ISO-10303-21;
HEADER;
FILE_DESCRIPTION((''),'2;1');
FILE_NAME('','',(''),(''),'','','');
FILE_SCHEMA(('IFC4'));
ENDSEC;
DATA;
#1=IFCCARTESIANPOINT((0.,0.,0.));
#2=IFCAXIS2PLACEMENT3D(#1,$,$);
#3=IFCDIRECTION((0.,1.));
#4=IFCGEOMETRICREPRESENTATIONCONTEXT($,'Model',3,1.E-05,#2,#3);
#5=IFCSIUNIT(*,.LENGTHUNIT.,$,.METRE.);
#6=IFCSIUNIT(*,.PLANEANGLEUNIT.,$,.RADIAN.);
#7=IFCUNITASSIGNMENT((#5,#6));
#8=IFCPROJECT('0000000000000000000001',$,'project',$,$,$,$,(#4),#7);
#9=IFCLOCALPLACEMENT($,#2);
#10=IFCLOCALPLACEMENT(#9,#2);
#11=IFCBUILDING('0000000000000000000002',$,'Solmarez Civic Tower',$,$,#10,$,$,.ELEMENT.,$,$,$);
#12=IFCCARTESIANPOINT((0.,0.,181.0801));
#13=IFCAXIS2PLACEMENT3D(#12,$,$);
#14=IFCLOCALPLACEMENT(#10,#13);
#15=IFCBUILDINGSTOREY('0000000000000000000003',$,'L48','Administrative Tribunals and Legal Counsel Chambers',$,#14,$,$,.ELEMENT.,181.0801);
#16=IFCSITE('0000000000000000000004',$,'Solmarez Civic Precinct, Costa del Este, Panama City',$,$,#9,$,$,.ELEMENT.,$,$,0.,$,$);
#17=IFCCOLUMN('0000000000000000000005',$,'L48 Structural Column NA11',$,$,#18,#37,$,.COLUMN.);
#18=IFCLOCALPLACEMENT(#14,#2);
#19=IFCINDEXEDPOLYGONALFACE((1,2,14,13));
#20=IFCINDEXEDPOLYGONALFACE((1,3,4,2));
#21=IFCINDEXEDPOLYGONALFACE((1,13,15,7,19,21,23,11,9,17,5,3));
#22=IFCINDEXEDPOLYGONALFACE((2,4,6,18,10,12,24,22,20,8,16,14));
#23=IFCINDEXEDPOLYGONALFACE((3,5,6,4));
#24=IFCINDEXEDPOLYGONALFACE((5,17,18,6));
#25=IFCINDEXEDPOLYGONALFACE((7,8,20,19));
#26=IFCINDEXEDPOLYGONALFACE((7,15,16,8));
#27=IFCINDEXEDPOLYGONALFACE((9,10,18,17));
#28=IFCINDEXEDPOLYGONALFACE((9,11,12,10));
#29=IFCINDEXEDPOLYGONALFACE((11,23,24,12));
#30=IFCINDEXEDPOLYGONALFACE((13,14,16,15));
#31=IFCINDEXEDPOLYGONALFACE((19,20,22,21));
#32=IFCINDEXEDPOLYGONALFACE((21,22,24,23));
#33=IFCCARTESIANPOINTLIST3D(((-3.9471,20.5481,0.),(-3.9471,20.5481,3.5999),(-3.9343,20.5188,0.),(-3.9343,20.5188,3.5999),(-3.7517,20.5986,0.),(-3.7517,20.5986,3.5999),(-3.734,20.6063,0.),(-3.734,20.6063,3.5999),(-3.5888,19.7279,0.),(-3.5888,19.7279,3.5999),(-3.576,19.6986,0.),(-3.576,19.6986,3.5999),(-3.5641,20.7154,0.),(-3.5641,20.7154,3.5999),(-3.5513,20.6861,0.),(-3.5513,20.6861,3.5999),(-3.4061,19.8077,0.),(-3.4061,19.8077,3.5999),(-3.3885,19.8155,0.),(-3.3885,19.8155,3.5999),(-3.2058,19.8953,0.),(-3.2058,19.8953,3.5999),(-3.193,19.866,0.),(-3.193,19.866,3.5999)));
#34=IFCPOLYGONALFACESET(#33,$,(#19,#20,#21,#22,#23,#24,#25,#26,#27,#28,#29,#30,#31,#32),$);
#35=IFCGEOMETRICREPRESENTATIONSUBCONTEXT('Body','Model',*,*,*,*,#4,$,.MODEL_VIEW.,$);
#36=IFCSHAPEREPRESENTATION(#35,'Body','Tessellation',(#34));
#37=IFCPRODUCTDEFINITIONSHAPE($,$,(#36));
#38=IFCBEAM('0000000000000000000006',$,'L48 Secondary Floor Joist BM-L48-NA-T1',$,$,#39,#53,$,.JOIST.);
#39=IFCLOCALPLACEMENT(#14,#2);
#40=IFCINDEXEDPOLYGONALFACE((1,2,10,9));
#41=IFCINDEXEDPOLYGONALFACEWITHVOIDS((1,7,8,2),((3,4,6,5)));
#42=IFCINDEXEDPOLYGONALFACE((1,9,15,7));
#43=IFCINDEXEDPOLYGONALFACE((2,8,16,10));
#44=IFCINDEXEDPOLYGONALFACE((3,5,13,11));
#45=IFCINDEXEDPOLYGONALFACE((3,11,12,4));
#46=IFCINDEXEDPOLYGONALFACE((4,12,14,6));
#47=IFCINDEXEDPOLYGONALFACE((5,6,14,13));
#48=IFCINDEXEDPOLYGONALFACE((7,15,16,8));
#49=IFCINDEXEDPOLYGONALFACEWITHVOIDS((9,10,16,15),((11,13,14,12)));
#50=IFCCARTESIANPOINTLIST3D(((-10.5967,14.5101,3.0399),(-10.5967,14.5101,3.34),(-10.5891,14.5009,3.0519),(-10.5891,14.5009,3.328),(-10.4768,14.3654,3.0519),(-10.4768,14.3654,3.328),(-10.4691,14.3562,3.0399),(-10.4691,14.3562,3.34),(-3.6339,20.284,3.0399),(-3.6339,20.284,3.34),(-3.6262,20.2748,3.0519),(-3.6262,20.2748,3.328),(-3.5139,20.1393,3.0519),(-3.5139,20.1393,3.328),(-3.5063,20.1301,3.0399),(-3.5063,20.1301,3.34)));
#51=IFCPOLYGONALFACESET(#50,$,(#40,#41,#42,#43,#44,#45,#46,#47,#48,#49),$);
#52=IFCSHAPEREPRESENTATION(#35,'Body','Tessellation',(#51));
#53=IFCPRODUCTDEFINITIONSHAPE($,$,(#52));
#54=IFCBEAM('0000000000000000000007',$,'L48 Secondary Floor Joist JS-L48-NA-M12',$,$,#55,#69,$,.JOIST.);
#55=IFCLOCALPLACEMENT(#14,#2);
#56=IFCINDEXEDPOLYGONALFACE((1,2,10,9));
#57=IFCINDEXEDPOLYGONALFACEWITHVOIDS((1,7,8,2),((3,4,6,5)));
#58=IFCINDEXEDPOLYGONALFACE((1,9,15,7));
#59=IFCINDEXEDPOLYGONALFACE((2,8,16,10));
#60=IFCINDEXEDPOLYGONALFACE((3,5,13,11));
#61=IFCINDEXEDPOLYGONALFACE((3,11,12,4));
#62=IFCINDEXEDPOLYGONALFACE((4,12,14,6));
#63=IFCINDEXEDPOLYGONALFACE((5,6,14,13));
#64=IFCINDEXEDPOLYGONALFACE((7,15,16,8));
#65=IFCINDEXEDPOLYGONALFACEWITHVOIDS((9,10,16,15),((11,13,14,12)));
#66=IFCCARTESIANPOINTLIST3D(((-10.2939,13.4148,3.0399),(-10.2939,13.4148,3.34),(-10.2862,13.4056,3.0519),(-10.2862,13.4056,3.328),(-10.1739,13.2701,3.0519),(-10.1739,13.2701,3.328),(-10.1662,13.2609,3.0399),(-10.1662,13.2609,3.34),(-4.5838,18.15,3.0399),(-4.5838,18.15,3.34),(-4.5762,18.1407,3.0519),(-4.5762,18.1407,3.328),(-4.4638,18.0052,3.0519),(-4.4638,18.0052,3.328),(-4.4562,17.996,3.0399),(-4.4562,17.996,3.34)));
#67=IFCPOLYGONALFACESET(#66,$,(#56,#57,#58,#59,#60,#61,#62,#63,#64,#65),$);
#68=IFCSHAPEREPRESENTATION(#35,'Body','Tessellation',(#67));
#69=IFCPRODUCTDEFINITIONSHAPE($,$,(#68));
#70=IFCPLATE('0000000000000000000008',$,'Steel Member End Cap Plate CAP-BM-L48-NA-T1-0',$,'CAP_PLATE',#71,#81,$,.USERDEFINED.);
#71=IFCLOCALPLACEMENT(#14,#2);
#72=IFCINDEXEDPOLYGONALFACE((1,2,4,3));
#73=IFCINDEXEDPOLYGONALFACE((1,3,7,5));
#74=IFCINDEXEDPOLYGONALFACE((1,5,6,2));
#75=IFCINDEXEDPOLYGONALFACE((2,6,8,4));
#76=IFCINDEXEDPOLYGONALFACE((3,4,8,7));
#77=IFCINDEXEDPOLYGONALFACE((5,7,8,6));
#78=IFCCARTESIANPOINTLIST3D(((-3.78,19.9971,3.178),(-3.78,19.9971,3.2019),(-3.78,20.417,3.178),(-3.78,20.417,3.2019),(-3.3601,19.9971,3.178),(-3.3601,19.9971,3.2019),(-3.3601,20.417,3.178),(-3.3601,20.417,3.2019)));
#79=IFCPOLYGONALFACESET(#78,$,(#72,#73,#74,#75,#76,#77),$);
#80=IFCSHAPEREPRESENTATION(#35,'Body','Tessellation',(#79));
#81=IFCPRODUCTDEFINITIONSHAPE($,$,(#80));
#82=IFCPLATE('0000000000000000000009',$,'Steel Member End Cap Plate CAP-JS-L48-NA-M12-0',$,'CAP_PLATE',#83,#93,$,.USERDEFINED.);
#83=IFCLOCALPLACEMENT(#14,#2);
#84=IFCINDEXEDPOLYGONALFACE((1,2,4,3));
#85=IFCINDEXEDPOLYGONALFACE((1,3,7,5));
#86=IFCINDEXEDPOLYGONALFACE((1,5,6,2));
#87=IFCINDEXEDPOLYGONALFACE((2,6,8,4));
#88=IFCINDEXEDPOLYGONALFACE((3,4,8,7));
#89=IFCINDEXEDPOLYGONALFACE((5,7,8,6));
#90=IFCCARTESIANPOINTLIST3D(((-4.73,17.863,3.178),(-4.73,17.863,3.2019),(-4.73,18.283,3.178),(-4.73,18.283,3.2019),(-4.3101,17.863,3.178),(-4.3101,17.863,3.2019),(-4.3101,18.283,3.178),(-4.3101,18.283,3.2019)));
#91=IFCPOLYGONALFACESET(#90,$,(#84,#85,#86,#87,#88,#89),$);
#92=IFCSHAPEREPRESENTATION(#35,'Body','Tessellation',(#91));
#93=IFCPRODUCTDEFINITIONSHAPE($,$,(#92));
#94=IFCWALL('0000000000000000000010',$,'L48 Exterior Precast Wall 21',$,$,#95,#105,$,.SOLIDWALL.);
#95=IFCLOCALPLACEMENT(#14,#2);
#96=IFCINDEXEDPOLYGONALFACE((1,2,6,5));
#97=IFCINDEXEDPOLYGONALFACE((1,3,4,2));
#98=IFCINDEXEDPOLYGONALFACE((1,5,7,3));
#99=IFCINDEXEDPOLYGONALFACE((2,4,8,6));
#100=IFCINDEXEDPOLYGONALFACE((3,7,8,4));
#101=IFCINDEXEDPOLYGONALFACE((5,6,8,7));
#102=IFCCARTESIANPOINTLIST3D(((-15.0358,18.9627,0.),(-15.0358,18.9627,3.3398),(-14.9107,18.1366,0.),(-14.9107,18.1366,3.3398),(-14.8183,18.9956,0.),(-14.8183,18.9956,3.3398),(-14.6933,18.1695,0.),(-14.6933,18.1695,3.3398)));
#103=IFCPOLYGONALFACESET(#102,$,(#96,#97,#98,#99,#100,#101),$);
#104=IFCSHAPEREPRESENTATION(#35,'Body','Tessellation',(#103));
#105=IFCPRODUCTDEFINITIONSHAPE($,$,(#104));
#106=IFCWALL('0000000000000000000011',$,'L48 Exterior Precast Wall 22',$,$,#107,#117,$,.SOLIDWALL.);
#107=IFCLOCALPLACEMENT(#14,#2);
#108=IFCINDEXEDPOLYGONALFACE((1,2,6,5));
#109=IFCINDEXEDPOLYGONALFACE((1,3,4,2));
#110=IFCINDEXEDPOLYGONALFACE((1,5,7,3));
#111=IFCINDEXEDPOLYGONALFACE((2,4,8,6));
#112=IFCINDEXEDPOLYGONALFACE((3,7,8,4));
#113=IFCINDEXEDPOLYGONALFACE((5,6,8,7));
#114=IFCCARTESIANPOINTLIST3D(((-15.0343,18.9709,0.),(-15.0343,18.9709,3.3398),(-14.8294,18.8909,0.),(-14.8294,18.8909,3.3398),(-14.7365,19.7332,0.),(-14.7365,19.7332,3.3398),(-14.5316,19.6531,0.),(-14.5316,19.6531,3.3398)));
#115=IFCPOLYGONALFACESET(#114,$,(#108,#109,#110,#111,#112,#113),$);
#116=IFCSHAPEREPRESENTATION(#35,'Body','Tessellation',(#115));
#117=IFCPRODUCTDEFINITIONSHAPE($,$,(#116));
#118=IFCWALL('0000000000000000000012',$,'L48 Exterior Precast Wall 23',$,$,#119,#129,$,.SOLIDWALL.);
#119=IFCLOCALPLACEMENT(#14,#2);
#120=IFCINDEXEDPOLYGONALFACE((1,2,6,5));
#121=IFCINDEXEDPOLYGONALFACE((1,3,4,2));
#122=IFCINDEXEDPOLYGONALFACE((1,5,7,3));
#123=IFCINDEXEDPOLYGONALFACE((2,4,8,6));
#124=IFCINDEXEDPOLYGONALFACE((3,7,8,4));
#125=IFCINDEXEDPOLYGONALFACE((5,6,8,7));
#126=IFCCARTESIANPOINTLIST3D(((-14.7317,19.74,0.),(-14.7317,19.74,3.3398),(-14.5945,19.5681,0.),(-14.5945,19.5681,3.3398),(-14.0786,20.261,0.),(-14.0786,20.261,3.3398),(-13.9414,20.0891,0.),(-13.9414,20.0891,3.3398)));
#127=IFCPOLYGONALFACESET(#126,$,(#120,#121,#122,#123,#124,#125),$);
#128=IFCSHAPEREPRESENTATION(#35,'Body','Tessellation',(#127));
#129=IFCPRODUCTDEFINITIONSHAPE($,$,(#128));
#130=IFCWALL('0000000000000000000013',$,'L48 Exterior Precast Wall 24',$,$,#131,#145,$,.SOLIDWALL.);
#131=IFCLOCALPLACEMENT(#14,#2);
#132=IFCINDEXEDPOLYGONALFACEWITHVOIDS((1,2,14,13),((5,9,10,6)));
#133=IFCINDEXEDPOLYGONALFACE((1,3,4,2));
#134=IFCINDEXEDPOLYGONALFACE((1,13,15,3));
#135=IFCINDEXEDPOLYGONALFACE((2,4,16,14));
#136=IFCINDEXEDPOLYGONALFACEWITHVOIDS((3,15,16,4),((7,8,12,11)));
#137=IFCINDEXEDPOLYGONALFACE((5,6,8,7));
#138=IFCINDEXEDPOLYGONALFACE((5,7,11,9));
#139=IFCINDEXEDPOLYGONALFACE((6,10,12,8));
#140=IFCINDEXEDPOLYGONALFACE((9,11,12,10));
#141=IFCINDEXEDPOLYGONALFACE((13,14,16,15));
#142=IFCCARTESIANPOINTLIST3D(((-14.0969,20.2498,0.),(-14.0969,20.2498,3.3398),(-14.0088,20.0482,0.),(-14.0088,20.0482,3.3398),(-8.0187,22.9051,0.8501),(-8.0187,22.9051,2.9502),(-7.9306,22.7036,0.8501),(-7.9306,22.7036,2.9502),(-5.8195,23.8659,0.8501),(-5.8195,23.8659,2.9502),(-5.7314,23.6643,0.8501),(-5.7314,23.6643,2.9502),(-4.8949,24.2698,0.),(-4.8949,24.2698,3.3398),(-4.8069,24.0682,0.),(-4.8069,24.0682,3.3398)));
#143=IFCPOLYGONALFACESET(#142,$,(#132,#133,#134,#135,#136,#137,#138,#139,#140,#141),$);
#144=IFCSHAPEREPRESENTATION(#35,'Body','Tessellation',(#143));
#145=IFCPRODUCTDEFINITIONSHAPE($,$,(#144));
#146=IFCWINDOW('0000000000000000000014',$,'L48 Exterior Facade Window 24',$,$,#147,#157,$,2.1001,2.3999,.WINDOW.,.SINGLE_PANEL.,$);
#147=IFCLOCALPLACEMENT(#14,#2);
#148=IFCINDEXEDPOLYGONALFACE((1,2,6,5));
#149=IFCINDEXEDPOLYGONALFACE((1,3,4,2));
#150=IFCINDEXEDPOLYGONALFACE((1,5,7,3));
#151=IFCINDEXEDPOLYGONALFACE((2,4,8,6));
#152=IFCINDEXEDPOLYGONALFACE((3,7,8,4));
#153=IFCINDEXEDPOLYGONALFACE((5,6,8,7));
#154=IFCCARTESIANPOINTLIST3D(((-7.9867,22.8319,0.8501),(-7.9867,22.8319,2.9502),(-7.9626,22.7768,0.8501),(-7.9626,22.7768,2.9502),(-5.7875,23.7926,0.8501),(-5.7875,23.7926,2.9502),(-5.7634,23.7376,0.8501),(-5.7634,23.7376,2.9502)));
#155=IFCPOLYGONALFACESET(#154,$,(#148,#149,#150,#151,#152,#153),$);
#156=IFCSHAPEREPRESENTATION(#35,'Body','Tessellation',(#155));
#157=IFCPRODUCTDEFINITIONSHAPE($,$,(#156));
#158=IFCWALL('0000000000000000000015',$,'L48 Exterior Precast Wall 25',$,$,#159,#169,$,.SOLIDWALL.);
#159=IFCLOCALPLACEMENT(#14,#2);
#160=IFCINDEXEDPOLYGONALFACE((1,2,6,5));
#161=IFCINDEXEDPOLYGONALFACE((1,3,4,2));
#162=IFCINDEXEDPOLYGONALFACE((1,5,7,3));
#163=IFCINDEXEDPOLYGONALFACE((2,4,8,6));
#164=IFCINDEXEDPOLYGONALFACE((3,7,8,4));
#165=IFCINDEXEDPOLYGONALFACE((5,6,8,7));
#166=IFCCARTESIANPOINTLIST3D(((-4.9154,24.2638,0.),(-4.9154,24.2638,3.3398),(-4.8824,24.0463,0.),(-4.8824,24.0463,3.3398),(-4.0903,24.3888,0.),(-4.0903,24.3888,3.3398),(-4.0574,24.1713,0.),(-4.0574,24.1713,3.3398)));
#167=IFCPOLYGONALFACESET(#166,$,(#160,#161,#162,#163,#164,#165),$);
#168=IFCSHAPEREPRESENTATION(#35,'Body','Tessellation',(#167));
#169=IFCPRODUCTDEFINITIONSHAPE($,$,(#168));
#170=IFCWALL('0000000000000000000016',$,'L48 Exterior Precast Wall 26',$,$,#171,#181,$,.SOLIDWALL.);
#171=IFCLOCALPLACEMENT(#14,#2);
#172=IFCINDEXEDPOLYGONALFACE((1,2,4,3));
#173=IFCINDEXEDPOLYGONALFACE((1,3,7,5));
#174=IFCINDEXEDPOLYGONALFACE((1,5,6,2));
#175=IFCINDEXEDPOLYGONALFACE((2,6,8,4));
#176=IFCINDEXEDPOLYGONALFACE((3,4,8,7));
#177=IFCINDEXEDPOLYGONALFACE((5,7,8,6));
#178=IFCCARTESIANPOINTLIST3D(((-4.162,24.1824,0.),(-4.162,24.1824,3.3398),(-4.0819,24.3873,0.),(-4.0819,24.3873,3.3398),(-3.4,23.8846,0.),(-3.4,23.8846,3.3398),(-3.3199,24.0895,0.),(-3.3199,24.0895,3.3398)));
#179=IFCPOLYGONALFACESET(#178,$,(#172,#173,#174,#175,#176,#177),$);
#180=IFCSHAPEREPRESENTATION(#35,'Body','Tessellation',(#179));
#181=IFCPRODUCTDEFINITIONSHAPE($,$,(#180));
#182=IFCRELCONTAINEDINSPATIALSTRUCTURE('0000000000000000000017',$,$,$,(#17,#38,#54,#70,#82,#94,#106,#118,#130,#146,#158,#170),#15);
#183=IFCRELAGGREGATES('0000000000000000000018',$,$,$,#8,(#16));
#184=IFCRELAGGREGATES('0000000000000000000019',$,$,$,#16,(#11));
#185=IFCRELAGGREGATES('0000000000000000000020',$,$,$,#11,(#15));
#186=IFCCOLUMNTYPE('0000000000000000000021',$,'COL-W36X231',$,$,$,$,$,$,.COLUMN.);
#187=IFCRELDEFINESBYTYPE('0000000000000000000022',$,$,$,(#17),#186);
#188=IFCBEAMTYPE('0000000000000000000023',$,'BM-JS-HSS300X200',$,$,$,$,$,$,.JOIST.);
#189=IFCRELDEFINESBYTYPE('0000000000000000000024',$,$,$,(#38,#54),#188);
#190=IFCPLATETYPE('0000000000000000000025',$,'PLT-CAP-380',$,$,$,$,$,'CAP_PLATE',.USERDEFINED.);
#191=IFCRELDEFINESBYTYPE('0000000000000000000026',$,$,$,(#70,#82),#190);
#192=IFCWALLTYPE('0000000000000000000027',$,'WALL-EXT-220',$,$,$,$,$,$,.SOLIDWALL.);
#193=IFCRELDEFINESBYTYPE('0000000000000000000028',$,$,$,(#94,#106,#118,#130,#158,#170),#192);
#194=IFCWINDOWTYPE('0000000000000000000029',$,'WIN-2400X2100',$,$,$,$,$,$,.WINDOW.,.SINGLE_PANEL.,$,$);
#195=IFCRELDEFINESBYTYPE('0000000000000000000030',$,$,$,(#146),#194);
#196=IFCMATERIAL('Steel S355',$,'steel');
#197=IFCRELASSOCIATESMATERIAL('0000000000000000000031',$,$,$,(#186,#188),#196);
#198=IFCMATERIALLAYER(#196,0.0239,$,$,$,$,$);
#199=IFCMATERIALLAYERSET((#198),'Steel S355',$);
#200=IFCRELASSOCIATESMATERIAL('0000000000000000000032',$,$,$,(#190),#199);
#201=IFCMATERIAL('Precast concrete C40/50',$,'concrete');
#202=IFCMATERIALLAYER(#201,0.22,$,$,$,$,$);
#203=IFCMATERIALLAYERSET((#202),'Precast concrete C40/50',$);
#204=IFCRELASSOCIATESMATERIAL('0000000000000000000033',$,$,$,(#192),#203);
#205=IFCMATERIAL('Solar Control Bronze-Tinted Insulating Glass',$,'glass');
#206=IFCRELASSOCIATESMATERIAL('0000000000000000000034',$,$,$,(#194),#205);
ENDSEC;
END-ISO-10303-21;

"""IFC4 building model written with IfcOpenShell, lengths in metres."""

from ifc_helpers import new_model, si_unit, direction, frame, frame_2d, origin, origin_2d, place, context, subcontext, project, spatial, rectangle, hollow_rectangle, i_section, extrude, material, layer, layer_set, material_profile, profile_set, type_object, element, fill, save


model = new_model("IFC4")

# Units and contexts
model_context = context("Model", 3, precision=1e-05, world=origin(), true_north=direction((0.0, 1.0)))
body_context = subcontext(model_context, "Body", "Model", "MODEL_VIEW")
ifc_project = project(units=[si_unit("LENGTHUNIT", "METRE"), si_unit("PLANEANGLEUNIT", "RADIAN")], contexts=[model_context])

# Site, building, storey
site_placement = place(None, origin())
site = spatial("IfcSite", under=ifc_project, at=site_placement, Name="Solmarez Civic Precinct, Costa del Este, Panama City", CompositionType="ELEMENT", RefElevation=0.0)
building_placement = place(site_placement, origin())
building = spatial("IfcBuilding", under=site, at=building_placement, Name="Solmarez Civic Tower", CompositionType="ELEMENT")
storey_placement = place(building_placement, frame((0.0, 0.0, 181.0801)))
storey = spatial("IfcBuildingStorey", under=building, at=storey_placement, Name="L48", Description="Administrative Tribunals and Legal Counsel Chambers", CompositionType="ELEMENT", Elevation=181.0801)

# Column
ifc_material_1 = material(Name="Steel S355", Category="steel")
ifc_material_profile_1 = material_profile(ifc_material_1, i_section(OverallWidth=0.418, OverallDepth=0.927, WebThickness=0.0193, FlangeThickness=0.032, at=origin_2d()), Name="W36X231")
ifc_profile_set_1 = profile_set([ifc_material_profile_1], Name="Steel S355")
column_type = type_object("IfcColumnType", Name="COL-W36X231", PredefinedType="COLUMN", material=ifc_profile_set_1)
column_placement = place(storey_placement, frame((-3.5701, 20.207, 0.0), z_axis=(0.0, 0.0, 1.0), x_axis=(0.916363, 0.400349, 0.0)))
element("IfcColumn", 1, at=column_placement, inside=storey, type_object=column_type, Name="L48 Structural Column NA11", PredefinedType="COLUMN", context=body_context, shape_type="SweptSolid", body=[
    extrude(i_section(OverallWidth=0.418, OverallDepth=0.927, WebThickness=0.0193, FlangeThickness=0.032, at=origin_2d()), origin(), (0.0, 0.0, 1.0), 3.5999),
])

# Beams
ifc_material_profile_2 = material_profile(ifc_material_1, hollow_rectangle(XDim=0.2, YDim=0.3, WallThickness=0.012, at=origin_2d()), Name="HSS300X200X12")
ifc_profile_set_2 = profile_set([ifc_material_profile_2], Name="Steel S355")
beam_type = type_object("IfcBeamType", Name="BM-JS-HSS300X200", PredefinedType="JOIST", material=ifc_profile_set_2)
beam_1_placement = place(storey_placement, frame((-3.5701, 20.207, 3.1899), z_axis=(-0.769768, -0.638324, 0.0), x_axis=(0.638324, -0.769768, 0.0)))
element("IfcBeam", 2, at=beam_1_placement, inside=storey, type_object=beam_type, Name="L48 Secondary Floor Joist BM-L48-NA-T1", PredefinedType="JOIST", context=body_context, shape_type="SweptSolid", body=[
    extrude(hollow_rectangle(XDim=0.2, YDim=0.3, WallThickness=0.012, at=origin_2d()), origin(), (0.0, 0.0, 1.0), 9.0454),
])
beam_2_placement = place(storey_placement, frame((-4.52, 18.073, 3.1899), z_axis=(-0.769757, -0.638337, 0.0), x_axis=(0.638337, -0.769757, 0.0)))
element("IfcBeam", 3, at=beam_2_placement, inside=storey, type_object=beam_type, Name="L48 Secondary Floor Joist JS-L48-NA-M12", PredefinedType="JOIST", context=body_context, shape_type="SweptSolid", body=[
    extrude(hollow_rectangle(XDim=0.2, YDim=0.3, WallThickness=0.012, at=origin_2d()), origin(), (0.0, 0.0, 1.0), 7.418),
])

# Plates
ifc_layer_1 = layer(ifc_material_1, 0.0239)
ifc_layer_set_1 = layer_set([ifc_layer_1], Name="Steel S355")
plate_type = type_object("IfcPlateType", Name="PLT-CAP-380", ElementType="CAP_PLATE", PredefinedType="USERDEFINED", material=ifc_layer_set_1)
for number, where, z_axis, x_axis, name in (
    (4, (-3.5701, 20.207, 3.178), (0.0, 0.0, 1.0), (1.0, 0.0, 0.0), "Steel Member End Cap Plate CAP-BM-L48-NA-T1-0"),
    (5, (-4.52, 18.073, 3.178), (0.0, 0.0, 1.0), (1.0, 0.0, 0.0), "Steel Member End Cap Plate CAP-JS-L48-NA-M12-0"),
):
    element("IfcPlate", number, at=place(storey_placement, frame(where, z_axis=z_axis, x_axis=x_axis)), inside=storey, type_object=plate_type, Name=name, ObjectType="CAP_PLATE", PredefinedType="USERDEFINED", context=body_context, shape_type="SweptSolid", body=[
        extrude(rectangle(XDim=0.4199, YDim=0.4199, at=origin_2d()), origin(), (0.0, 0.0, 1.0), 0.0239),
    ])

# Walls
ifc_material_2 = material(Name="Precast concrete C40/50", Category="concrete")
ifc_layer_2 = layer(ifc_material_2, 0.22)
ifc_layer_set_2 = layer_set([ifc_layer_2], Name="Precast concrete C40/50")
wall_type_1 = type_object("IfcWallType", Name="WALL-EXT-220", PredefinedType="SOLIDWALL", material=ifc_layer_set_2)
wall_1_placement = place(storey_placement, frame((-14.802, 18.1531, 0.0), z_axis=(0.0, 0.0, 1.0), x_axis=(-0.149641, 0.98874, 0.0)))
element("IfcWall", 6, at=wall_1_placement, inside=storey, type_object=wall_type_1, Name="L48 Exterior Precast Wall 21", PredefinedType="SOLIDWALL", context=body_context, shape_type="SweptSolid", body=[
    extrude(rectangle(XDim=0.8354, YDim=0.22, at=frame_2d((0.4177, 0.0))), origin(), (0.0, 0.0, 1.0), 3.3398),
])
wall_2_placement = place(storey_placement, frame((-14.9319, 18.9309, 0.0), z_axis=(0.0, 0.0, 1.0), x_axis=(0.363972, 0.93141, 0.0)))
element("IfcWall", 7, at=wall_2_placement, inside=storey, type_object=wall_type_1, Name="L48 Exterior Precast Wall 22", PredefinedType="SOLIDWALL", context=body_context, shape_type="SweptSolid", body=[
    extrude(rectangle(XDim=0.8184, YDim=0.22, at=frame_2d((0.4092, 0.0))), origin(), (0.0, 0.0, 1.0), 3.3398),
])
wall_3_placement = place(storey_placement, frame((-14.6631, 19.6541, 0.0), z_axis=(0.0, 0.0, 1.0), x_axis=(0.781723, 0.623625, 0.0)))
element("IfcWall", 8, at=wall_3_placement, inside=storey, type_object=wall_type_1, Name="L48 Exterior Precast Wall 23", PredefinedType="SOLIDWALL", context=body_context, shape_type="SweptSolid", body=[
    extrude(rectangle(XDim=0.8354, YDim=0.22, at=frame_2d((0.4177, 0.0))), origin(), (0.0, 0.0, 1.0), 3.3398),
])

# Wall, opening, window
wall_4_placement = place(storey_placement, frame((-14.053, 20.1489, 0.0), z_axis=(0.0, 0.0, 1.0), x_axis=(0.91637, 0.400333, 0.0)))
wall_4 = element("IfcWall", 9, at=wall_4_placement, inside=storey, type_object=wall_type_1, Name="L48 Exterior Precast Wall 24", PredefinedType="SOLIDWALL", context=body_context, shape_type="SweptSolid", body=[
    extrude(rectangle(XDim=10.0417, YDim=0.22, at=frame_2d((5.021, 0.0))), origin(), (0.0, 0.0, 1.0), 3.3398),
])
opening_1_placement = place(wall_4_placement, frame((6.6331, 0.0, 0.8501)))
opening_1 = element("IfcOpeningElement", 10, at=opening_1_placement, cuts=wall_4, PredefinedType="OPENING", context=body_context, shape_type="SweptSolid", body=[
    extrude(rectangle(XDim=2.3999, YDim=2.1001, at=frame_2d((1.2, 1.05))), frame((0.0, 0.1199, 0.0), z_axis=(0.0, -1.0, 0.0), x_axis=(1.0, 0.0, 0.0)), (0.0, 0.0, 1.0), 0.24),
])
ifc_material_3 = material(Name="Solar Control Bronze-Tinted Insulating Glass", Category="glass")
window_type_1 = type_object("IfcWindowType", Name="WIN-2400X2100", PartitioningType="SINGLE_PANEL", PredefinedType="WINDOW", material=ifc_material_3)
window_1_placement = place(opening_1_placement, origin())
window_1 = element("IfcWindow", 11, at=window_1_placement, inside=storey, type_object=window_type_1, Name="L48 Exterior Facade Window 24", OverallHeight=2.1001, OverallWidth=2.3999, PartitioningType="SINGLE_PANEL", PredefinedType="WINDOW", context=body_context, shape_type="SweptSolid", body=[
    extrude(rectangle(XDim=2.3999, YDim=2.1001, at=frame_2d((1.2, 1.05))), frame((0.0, 0.03, 0.0), z_axis=(0.0, -1.0, 0.0), x_axis=(1.0, 0.0, 0.0)), (0.0, 0.0, 1.0), 0.0601),
])
fill(opening_1, window_1)

# Walls
wall_5_placement = place(storey_placement, frame((-4.8989, 24.155, 0.0), z_axis=(0.0, 0.0, 1.0), x_axis=(0.988714, 0.149814, 0.0)))
element("IfcWall", 12, at=wall_5_placement, inside=storey, type_object=wall_type_1, Name="L48 Exterior Precast Wall 25", PredefinedType="SOLIDWALL", context=body_context, shape_type="SweptSolid", body=[
    extrude(rectangle(XDim=0.8345, YDim=0.22, at=frame_2d((0.4172, 0.0))), origin(), (0.0, 0.0, 1.0), 3.3398),
])
wall_6_placement = place(storey_placement, frame((-4.1221, 24.2849, 0.0), z_axis=(0.0, 0.0, 1.0), x_axis=(0.93137, -0.364073, 0.0)))
element("IfcWall", 13, at=wall_6_placement, inside=storey, type_object=wall_type_1, Name="L48 Exterior Precast Wall 26", PredefinedType="SOLIDWALL", context=body_context, shape_type="SweptSolid", body=[
    extrude(rectangle(XDim=0.8181, YDim=0.22, at=frame_2d((0.4092, 0.0))), origin(), (0.0, 0.0, 1.0), 3.3398),
])

save(model, "model.ifc")
